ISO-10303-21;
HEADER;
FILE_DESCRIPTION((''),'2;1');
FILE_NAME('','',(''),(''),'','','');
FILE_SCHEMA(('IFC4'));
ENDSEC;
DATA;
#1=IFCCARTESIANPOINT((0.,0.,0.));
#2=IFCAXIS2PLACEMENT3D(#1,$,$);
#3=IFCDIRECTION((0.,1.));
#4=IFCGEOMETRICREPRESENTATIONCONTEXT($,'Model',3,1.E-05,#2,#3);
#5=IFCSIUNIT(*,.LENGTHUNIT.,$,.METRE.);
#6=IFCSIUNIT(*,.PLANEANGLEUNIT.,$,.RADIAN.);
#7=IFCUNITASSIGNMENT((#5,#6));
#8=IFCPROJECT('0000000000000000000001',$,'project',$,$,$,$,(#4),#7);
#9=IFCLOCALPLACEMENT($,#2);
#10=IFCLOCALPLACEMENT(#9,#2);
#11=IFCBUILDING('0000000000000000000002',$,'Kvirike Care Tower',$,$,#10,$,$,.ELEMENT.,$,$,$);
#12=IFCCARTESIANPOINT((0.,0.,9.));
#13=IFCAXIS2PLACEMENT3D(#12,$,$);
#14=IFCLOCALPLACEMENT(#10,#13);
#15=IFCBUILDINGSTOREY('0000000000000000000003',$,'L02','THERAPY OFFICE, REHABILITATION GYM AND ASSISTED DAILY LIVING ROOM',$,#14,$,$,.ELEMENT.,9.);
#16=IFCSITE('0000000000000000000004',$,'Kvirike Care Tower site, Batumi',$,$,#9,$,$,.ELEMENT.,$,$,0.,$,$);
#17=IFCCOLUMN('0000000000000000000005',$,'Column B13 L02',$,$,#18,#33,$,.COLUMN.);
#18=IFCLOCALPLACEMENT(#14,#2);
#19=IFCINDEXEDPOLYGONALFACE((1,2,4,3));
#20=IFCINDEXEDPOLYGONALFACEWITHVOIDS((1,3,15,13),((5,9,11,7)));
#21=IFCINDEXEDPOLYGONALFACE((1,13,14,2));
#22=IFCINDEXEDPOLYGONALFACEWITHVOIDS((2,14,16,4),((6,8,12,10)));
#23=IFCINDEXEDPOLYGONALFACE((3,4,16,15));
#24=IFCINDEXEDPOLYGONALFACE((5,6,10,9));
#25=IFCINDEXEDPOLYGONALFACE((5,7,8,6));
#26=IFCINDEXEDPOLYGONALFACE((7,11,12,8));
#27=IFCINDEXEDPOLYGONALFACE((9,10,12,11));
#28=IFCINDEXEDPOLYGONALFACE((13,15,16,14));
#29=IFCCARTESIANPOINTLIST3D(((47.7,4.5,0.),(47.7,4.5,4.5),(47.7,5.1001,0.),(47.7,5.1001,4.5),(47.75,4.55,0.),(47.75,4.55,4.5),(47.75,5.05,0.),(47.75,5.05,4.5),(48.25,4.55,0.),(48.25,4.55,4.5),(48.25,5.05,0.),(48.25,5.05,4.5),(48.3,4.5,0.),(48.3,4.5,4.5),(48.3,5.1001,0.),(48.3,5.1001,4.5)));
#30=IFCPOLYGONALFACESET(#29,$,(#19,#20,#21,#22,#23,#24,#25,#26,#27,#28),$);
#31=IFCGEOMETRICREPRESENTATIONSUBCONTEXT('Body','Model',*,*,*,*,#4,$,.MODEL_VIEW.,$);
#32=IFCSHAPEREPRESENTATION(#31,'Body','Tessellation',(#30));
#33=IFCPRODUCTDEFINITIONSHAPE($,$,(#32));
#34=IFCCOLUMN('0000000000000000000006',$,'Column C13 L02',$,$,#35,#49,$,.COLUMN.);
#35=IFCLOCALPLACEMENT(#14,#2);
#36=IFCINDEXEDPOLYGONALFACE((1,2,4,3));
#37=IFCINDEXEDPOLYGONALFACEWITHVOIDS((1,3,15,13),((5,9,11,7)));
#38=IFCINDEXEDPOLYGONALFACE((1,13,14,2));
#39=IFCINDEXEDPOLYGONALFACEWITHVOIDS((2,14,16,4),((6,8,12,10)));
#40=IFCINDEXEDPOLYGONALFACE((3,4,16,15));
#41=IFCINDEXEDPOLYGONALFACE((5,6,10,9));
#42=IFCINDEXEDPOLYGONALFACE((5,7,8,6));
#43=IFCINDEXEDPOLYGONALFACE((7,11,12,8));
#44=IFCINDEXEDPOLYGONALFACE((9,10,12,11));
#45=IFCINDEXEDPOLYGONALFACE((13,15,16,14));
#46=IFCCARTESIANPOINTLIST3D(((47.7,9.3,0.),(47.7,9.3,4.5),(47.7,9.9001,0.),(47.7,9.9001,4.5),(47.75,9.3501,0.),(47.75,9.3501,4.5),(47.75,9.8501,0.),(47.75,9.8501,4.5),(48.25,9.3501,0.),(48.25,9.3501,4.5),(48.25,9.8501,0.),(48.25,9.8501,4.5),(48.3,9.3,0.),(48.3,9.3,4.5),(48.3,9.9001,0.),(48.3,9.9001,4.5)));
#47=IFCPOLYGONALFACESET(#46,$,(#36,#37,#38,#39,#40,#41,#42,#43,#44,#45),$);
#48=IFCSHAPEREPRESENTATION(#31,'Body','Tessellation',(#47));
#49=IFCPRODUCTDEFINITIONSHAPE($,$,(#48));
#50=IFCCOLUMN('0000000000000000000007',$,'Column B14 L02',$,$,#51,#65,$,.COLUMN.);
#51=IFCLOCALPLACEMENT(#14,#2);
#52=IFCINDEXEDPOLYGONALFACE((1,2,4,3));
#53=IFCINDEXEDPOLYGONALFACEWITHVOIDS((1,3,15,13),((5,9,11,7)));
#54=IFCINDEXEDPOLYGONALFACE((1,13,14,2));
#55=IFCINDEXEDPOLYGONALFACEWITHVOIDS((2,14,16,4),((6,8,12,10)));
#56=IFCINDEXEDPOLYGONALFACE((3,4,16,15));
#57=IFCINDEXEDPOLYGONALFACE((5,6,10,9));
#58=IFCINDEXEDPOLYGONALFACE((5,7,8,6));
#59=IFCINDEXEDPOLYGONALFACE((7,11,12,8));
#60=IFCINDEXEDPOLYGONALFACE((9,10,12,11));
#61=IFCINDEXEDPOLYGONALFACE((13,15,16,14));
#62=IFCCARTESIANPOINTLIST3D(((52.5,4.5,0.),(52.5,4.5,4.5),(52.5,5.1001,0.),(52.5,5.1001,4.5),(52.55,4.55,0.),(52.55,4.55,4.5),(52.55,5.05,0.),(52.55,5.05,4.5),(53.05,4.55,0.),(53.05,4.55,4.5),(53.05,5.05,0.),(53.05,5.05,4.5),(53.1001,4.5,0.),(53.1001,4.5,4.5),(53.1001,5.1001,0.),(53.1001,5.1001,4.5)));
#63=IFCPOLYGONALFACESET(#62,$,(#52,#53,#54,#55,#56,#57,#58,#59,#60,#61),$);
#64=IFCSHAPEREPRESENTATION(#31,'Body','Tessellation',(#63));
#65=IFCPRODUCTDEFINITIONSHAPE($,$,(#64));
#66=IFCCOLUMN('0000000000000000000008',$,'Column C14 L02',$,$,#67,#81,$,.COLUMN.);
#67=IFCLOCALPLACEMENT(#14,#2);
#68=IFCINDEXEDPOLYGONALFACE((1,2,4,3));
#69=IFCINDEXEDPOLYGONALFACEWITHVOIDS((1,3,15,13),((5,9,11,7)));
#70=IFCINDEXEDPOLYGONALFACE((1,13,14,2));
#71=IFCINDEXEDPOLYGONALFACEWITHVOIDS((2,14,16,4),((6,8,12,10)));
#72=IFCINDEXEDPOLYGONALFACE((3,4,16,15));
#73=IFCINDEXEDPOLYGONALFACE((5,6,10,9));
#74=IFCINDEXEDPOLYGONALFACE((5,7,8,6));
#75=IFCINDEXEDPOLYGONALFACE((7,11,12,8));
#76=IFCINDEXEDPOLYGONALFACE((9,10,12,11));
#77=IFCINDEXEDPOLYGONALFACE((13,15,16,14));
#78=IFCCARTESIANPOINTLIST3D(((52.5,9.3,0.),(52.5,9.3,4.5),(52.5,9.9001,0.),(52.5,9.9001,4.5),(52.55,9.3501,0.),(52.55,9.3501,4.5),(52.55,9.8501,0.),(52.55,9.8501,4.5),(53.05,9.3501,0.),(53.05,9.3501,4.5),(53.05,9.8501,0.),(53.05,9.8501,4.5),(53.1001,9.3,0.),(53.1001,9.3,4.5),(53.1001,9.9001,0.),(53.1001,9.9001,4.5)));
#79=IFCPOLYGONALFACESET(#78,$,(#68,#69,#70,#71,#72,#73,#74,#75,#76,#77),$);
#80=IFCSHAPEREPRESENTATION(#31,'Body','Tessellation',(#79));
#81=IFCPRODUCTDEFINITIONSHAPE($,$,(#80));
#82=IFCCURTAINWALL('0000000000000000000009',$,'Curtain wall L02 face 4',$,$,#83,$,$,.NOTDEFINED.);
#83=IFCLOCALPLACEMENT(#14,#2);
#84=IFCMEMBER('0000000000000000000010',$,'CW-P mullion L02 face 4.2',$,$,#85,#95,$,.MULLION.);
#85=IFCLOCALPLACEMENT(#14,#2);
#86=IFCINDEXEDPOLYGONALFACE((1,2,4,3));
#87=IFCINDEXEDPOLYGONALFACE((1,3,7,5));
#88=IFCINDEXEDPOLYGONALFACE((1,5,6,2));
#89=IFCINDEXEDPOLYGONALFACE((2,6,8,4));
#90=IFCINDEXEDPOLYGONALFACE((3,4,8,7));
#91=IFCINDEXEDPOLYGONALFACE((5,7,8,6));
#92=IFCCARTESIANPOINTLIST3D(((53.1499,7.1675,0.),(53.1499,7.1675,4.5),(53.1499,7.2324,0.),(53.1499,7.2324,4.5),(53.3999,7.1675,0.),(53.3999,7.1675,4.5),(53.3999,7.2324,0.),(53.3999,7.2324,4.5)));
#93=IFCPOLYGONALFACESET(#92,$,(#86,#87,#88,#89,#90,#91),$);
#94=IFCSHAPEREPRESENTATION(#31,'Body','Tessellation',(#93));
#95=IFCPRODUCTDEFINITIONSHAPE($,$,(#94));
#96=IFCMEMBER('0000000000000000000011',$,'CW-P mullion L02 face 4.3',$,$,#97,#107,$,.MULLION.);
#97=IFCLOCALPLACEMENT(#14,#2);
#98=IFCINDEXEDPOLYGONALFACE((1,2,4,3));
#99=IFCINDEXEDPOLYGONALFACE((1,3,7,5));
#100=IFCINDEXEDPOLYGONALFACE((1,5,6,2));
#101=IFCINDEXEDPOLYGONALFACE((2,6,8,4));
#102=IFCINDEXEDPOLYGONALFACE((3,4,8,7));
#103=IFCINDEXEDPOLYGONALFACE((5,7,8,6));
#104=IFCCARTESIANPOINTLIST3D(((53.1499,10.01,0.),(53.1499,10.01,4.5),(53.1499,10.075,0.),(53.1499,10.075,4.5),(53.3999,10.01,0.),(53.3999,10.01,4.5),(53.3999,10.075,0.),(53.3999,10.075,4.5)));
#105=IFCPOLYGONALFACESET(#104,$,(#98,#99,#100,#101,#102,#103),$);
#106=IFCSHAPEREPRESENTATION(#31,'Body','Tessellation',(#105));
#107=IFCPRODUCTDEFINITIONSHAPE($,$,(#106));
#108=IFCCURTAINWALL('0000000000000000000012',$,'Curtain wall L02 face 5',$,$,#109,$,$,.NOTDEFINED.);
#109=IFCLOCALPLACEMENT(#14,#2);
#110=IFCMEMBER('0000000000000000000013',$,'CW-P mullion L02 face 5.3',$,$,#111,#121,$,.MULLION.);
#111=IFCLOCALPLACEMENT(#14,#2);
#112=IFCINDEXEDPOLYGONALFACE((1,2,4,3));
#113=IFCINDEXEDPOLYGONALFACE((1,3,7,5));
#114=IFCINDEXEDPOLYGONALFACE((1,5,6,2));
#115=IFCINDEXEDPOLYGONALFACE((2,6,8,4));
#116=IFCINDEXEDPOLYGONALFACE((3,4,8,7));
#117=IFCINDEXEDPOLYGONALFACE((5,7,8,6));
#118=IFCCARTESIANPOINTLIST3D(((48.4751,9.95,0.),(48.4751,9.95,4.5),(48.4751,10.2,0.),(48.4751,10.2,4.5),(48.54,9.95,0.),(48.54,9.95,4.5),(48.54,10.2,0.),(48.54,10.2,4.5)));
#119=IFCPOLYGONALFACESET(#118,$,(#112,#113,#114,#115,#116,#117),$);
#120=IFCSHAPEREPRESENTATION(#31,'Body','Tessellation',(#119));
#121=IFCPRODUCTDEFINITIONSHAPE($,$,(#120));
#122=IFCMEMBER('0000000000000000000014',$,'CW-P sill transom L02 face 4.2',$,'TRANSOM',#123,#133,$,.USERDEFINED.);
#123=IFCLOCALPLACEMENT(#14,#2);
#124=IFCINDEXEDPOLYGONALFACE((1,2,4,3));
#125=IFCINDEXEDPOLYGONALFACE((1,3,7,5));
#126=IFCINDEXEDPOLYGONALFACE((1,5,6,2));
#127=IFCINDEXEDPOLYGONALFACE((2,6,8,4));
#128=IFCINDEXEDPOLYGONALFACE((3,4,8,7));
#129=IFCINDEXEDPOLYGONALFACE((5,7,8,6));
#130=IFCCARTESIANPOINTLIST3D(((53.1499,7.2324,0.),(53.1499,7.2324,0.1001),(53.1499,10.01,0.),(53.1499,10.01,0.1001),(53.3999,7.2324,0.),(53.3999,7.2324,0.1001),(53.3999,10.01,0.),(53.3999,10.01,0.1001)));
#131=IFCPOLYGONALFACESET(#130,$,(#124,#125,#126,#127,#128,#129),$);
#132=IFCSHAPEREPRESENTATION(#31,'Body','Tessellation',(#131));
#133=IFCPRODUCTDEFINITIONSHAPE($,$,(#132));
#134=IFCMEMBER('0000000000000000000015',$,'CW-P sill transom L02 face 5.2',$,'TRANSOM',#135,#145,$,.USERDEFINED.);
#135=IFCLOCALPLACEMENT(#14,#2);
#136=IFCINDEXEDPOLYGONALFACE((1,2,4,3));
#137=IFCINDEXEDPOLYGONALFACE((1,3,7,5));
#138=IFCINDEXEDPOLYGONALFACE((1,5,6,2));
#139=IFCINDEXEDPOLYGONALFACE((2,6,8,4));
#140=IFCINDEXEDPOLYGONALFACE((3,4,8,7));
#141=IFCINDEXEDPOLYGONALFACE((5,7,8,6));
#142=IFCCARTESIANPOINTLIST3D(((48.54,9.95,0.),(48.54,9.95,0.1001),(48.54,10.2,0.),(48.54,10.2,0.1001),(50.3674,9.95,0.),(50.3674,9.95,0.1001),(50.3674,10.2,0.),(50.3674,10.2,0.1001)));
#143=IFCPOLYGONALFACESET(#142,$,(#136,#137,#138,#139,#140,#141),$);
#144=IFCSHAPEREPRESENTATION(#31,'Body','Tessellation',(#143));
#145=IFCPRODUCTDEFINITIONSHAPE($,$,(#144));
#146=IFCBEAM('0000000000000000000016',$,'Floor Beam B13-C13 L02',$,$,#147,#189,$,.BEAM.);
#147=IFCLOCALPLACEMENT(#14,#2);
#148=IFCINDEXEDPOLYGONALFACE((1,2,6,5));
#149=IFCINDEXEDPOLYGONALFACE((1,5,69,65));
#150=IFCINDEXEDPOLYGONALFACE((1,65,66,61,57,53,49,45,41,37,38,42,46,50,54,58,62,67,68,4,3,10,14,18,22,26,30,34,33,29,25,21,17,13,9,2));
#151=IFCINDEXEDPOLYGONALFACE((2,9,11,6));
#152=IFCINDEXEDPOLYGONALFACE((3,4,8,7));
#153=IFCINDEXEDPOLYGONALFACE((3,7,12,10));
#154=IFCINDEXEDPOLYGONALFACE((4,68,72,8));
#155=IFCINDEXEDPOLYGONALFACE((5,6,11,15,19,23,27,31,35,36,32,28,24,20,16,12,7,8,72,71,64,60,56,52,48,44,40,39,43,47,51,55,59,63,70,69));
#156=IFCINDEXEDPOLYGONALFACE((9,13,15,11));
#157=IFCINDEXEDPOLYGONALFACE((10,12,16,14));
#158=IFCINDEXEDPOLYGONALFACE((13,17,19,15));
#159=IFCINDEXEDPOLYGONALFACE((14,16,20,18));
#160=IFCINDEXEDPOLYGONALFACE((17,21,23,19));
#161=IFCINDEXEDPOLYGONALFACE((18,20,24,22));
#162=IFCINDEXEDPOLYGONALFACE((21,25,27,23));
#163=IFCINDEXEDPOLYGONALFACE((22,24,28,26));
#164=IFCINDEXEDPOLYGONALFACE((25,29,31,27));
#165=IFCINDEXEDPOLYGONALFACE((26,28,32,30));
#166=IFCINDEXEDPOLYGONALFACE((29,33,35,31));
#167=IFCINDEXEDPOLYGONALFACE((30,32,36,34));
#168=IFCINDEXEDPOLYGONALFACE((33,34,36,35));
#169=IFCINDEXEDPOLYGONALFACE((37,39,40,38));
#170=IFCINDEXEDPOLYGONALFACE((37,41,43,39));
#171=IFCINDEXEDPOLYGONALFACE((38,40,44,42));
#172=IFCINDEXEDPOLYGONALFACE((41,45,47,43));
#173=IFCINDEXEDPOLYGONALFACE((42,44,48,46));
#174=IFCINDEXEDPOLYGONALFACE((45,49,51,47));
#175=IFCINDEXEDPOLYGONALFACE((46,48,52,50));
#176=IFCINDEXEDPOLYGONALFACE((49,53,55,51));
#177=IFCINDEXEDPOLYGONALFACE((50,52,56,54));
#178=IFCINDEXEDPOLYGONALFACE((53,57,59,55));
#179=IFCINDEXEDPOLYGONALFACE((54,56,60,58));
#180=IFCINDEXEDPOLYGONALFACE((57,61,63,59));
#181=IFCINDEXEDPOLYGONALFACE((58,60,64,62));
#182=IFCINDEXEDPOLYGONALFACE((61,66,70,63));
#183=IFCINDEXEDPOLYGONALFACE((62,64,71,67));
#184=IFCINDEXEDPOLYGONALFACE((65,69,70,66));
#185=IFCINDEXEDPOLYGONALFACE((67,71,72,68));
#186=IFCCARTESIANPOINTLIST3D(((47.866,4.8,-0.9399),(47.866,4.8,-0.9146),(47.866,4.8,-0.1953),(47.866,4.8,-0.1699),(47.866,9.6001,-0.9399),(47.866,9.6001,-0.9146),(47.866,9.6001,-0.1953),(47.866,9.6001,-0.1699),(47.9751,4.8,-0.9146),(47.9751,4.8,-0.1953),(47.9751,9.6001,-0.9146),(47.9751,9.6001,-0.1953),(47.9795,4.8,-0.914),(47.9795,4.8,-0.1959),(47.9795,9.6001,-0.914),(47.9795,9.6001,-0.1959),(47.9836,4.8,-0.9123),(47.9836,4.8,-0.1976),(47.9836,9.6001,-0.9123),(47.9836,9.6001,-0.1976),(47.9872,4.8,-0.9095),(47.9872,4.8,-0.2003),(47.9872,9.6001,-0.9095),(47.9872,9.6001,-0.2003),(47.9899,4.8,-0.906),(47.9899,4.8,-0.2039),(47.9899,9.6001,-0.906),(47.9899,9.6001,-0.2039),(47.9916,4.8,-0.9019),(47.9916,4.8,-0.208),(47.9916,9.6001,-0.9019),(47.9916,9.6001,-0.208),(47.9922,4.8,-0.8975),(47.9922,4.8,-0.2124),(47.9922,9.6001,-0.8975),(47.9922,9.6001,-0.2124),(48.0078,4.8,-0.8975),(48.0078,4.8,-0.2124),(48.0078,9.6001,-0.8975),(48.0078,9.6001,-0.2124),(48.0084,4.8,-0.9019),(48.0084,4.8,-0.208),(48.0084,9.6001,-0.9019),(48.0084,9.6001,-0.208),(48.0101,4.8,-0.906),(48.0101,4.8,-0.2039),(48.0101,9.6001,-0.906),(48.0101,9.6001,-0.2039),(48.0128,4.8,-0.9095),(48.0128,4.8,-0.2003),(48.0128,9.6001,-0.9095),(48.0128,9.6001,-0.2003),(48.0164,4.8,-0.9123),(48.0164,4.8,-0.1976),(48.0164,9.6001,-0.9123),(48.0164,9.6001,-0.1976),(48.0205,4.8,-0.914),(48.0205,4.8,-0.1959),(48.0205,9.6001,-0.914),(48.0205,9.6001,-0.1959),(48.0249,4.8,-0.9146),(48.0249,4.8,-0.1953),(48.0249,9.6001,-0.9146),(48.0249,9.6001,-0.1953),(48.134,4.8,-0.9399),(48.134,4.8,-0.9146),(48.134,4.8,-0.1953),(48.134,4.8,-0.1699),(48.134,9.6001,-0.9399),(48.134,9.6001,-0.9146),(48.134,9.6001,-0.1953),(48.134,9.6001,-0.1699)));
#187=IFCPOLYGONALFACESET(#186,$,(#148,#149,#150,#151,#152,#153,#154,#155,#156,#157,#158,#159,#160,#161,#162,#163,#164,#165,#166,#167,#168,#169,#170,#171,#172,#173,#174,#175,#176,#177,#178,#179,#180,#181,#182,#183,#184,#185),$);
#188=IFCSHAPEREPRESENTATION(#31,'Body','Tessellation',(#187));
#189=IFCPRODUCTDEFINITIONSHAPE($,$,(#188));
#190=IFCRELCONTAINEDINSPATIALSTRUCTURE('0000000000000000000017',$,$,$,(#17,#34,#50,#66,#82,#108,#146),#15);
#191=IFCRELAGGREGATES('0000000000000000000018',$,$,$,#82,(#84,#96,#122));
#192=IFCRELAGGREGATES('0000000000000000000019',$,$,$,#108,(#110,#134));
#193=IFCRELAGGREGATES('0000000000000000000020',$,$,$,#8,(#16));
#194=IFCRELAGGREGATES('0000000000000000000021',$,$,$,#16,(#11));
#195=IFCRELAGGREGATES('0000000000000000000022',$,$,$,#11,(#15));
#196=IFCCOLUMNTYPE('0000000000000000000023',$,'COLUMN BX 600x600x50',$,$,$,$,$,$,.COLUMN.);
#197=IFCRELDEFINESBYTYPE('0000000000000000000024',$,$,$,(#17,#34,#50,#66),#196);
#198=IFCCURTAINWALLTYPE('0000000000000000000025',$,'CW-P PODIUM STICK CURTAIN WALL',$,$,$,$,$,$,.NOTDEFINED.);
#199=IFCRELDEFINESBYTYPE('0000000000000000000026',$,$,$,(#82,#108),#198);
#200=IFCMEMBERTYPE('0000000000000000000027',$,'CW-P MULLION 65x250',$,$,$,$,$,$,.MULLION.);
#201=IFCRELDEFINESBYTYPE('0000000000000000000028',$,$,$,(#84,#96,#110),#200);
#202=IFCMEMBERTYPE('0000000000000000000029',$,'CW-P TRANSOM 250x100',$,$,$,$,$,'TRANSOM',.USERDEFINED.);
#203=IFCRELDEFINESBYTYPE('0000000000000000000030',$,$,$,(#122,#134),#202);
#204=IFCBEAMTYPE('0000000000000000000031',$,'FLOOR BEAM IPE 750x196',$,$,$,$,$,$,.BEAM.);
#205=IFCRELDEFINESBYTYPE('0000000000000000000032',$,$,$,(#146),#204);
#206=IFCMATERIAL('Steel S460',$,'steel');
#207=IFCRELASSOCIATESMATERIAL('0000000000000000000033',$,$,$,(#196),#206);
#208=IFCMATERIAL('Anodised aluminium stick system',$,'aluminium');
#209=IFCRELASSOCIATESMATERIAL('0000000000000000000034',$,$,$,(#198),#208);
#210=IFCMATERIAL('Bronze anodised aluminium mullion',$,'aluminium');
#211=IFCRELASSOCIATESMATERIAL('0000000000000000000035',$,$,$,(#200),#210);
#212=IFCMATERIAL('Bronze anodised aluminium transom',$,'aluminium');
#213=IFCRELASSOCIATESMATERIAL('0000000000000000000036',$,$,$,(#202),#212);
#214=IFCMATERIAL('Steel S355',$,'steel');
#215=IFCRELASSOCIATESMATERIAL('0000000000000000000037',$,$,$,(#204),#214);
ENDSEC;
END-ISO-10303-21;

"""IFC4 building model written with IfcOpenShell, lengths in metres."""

from ifc_helpers import new_model, si_unit, direction, frame, origin, origin_2d, place, context, subcontext, project, spatial, rectangle, hollow_rectangle, i_section, extrude, material, material_profile, profile_set, type_object, element, aggregate, save


model = new_model("IFC4")

# Units and contexts
model_context = context("Model", 3, precision=1e-05, world=origin(), true_north=direction((0.0, 1.0)))
body_context = subcontext(model_context, "Body", "Model", "MODEL_VIEW")
ifc_project = project(units=[si_unit("LENGTHUNIT", "METRE"), si_unit("PLANEANGLEUNIT", "RADIAN")], contexts=[model_context])

# Site, building, storey
site_placement = place(None, origin())
site = spatial("IfcSite", under=ifc_project, at=site_placement, Name="Kvirike Care Tower site, Batumi", CompositionType="ELEMENT", RefElevation=0.0)
building_placement = place(site_placement, origin())
building = spatial("IfcBuilding", under=site, at=building_placement, Name="Kvirike Care Tower", CompositionType="ELEMENT")
storey_placement = place(building_placement, frame((0.0, 0.0, 9.0)))
storey = spatial("IfcBuildingStorey", under=building, at=storey_placement, Name="L02", Description="THERAPY OFFICE, REHABILITATION GYM AND ASSISTED DAILY LIVING ROOM", CompositionType="ELEMENT", Elevation=9.0)

# Columns
ifc_material_1 = material(Name="Steel S460", Category="steel")
ifc_material_profile_1 = material_profile(ifc_material_1, hollow_rectangle(XDim=0.6001, YDim=0.6001, WallThickness=0.05, at=origin_2d()), Name="BX 600x600x50")
ifc_profile_set_1 = profile_set([ifc_material_profile_1], Name="Steel S460")
column_type = type_object("IfcColumnType", Name="COLUMN BX 600x600x50", PredefinedType="COLUMN", material=ifc_profile_set_1)
for number, where, z_axis, x_axis, name in (
    (1, (48.0, 4.8, 0.0), (0.0, 0.0, 1.0), (0.0, 1.0, 0.0), "Column B13 L02"),
    (2, (48.0, 9.6001, 0.0), (0.0, 0.0, 1.0), (0.0, 1.0, 0.0), "Column C13 L02"),
    (3, (52.8, 4.8, 0.0), (0.0, 0.0, 1.0), (0.0, 1.0, 0.0), "Column B14 L02"),
    (4, (52.8, 9.6001, 0.0), (0.0, 0.0, 1.0), (0.0, 1.0, 0.0), "Column C14 L02"),
):
    element("IfcColumn", number, at=place(storey_placement, frame(where, z_axis=z_axis, x_axis=x_axis)), inside=storey, type_object=column_type, Name=name, PredefinedType="COLUMN", context=body_context, shape_type="SweptSolid", body=[
        extrude(hollow_rectangle(XDim=0.6001, YDim=0.6001, WallThickness=0.05, at=origin_2d()), origin(), (0.0, 0.0, 1.0), 4.5),
    ])

# Curtain wall, members
ifc_material_2 = material(Name="Anodised aluminium stick system", Category="aluminium")
curtain_wall_type = type_object("IfcCurtainWallType", Name="CW-P PODIUM STICK CURTAIN WALL", PredefinedType="NOTDEFINED", material=ifc_material_2)
curtain_wall_1_placement = place(storey_placement, origin())
curtain_wall_1 = element("IfcCurtainWall", 5, at=curtain_wall_1_placement, inside=storey, type_object=curtain_wall_type, Name="Curtain wall L02 face 4", PredefinedType="NOTDEFINED")
ifc_material_3 = material(Name="Bronze anodised aluminium mullion", Category="aluminium")
ifc_material_profile_2 = material_profile(ifc_material_3, rectangle(XDim=0.0649, YDim=0.25, at=origin_2d()), Name="CW-P MULLION 65x250")
ifc_profile_set_2 = profile_set([ifc_material_profile_2], Name="Bronze anodised aluminium mullion")
member_type_1 = type_object("IfcMemberType", Name="CW-P MULLION 65x250", PredefinedType="MULLION", material=ifc_profile_set_2)
member_1_placement = place(storey_placement, frame((53.2749, 7.2, 0.0), z_axis=(0.0, 0.0, 1.0), x_axis=(0.0, 1.0, 0.0)))
member_1 = element("IfcMember", 6, at=member_1_placement, type_object=member_type_1, Name="CW-P mullion L02 face 4.2", PredefinedType="MULLION", context=body_context, shape_type="SweptSolid", body=[
    extrude(rectangle(XDim=0.0649, YDim=0.25, at=origin_2d()), origin(), (0.0, 0.0, 1.0), 4.5),
])
member_2_placement = place(storey_placement, frame((53.2749, 10.0425, 0.0), z_axis=(0.0, 0.0, 1.0), x_axis=(0.0, 1.0, 0.0)))
member_2 = element("IfcMember", 7, at=member_2_placement, type_object=member_type_1, Name="CW-P mullion L02 face 4.3", PredefinedType="MULLION", context=body_context, shape_type="SweptSolid", body=[
    extrude(rectangle(XDim=0.0649, YDim=0.25, at=origin_2d()), origin(), (0.0, 0.0, 1.0), 4.5),
])

# Curtain wall, member
curtain_wall_2_placement = place(storey_placement, origin())
curtain_wall_2 = element("IfcCurtainWall", 8, at=curtain_wall_2_placement, inside=storey, type_object=curtain_wall_type, Name="Curtain wall L02 face 5", PredefinedType="NOTDEFINED")
member_3_placement = place(storey_placement, frame((48.5076, 10.075, 0.0), z_axis=(0.0, 0.0, 1.0), x_axis=(-1.0, 0.0, 0.0)))
member_3 = element("IfcMember", 9, at=member_3_placement, type_object=member_type_1, Name="CW-P mullion L02 face 5.3", PredefinedType="MULLION", context=body_context, shape_type="SweptSolid", body=[
    extrude(rectangle(XDim=0.0649, YDim=0.25, at=origin_2d()), origin(), (0.0, 0.0, 1.0), 4.5),
])

# Members
ifc_material_4 = material(Name="Bronze anodised aluminium transom", Category="aluminium")
ifc_material_profile_3 = material_profile(ifc_material_4, rectangle(XDim=0.25, YDim=0.1001, at=origin_2d()), Name="CW-P TRANSOM 250x100")
ifc_profile_set_3 = profile_set([ifc_material_profile_3], Name="Bronze anodised aluminium transom")
member_type_2 = type_object("IfcMemberType", Name="CW-P TRANSOM 250x100", ElementType="TRANSOM", PredefinedType="USERDEFINED", material=ifc_profile_set_3)
member_4_placement = place(storey_placement, frame((53.2749, 7.2324, 0.05), z_axis=(0.0, 1.0, 0.0), x_axis=(-1.0, 0.0, 0.0)))
member_4 = element("IfcMember", 10, at=member_4_placement, type_object=member_type_2, Name="CW-P sill transom L02 face 4.2", ObjectType="TRANSOM", PredefinedType="USERDEFINED", context=body_context, shape_type="SweptSolid", body=[
    extrude(rectangle(XDim=0.25, YDim=0.1001, at=origin_2d()), origin(), (0.0, 0.0, 1.0), 2.7776),
])
member_5_placement = place(storey_placement, frame((50.3674, 10.075, 0.05), z_axis=(-1.0, 0.0, 0.0), x_axis=(0.0, -1.0, 0.0)))
member_5 = element("IfcMember", 11, at=member_5_placement, type_object=member_type_2, Name="CW-P sill transom L02 face 5.2", ObjectType="TRANSOM", PredefinedType="USERDEFINED", context=body_context, shape_type="SweptSolid", body=[
    extrude(rectangle(XDim=0.25, YDim=0.1001, at=origin_2d()), origin(), (0.0, 0.0, 1.0), 1.8274),
])

# Beam
ifc_material_5 = material(Name="Steel S355", Category="steel")
ifc_material_profile_4 = material_profile(ifc_material_5, i_section(OverallWidth=0.2681, OverallDepth=0.77, WebThickness=0.0156, FlangeThickness=0.0254, FilletRadius=0.0171, at=origin_2d()), Name="IPE 750x196")
ifc_profile_set_4 = profile_set([ifc_material_profile_4], Name="Steel S355")
beam_type_1 = type_object("IfcBeamType", Name="FLOOR BEAM IPE 750x196", PredefinedType="BEAM", material=ifc_profile_set_4)
beam_1_placement = place(storey_placement, frame((48.0, 4.8, -0.5549), z_axis=(0.0, 1.0, 0.0), x_axis=(-1.0, 0.0, 0.0)))
element("IfcBeam", 12, at=beam_1_placement, inside=storey, type_object=beam_type_1, Name="Floor Beam B13-C13 L02", PredefinedType="BEAM", context=body_context, shape_type="SweptSolid", body=[
    extrude(i_section(OverallWidth=0.2681, OverallDepth=0.77, WebThickness=0.0156, FlangeThickness=0.0254, FilletRadius=0.0171, at=origin_2d()), origin(), (0.0, 0.0, 1.0), 4.8),
])

aggregate(curtain_wall_1, [member_1, member_2, member_4])
aggregate(curtain_wall_2, [member_3, member_5])

save(model, "model.ifc")
